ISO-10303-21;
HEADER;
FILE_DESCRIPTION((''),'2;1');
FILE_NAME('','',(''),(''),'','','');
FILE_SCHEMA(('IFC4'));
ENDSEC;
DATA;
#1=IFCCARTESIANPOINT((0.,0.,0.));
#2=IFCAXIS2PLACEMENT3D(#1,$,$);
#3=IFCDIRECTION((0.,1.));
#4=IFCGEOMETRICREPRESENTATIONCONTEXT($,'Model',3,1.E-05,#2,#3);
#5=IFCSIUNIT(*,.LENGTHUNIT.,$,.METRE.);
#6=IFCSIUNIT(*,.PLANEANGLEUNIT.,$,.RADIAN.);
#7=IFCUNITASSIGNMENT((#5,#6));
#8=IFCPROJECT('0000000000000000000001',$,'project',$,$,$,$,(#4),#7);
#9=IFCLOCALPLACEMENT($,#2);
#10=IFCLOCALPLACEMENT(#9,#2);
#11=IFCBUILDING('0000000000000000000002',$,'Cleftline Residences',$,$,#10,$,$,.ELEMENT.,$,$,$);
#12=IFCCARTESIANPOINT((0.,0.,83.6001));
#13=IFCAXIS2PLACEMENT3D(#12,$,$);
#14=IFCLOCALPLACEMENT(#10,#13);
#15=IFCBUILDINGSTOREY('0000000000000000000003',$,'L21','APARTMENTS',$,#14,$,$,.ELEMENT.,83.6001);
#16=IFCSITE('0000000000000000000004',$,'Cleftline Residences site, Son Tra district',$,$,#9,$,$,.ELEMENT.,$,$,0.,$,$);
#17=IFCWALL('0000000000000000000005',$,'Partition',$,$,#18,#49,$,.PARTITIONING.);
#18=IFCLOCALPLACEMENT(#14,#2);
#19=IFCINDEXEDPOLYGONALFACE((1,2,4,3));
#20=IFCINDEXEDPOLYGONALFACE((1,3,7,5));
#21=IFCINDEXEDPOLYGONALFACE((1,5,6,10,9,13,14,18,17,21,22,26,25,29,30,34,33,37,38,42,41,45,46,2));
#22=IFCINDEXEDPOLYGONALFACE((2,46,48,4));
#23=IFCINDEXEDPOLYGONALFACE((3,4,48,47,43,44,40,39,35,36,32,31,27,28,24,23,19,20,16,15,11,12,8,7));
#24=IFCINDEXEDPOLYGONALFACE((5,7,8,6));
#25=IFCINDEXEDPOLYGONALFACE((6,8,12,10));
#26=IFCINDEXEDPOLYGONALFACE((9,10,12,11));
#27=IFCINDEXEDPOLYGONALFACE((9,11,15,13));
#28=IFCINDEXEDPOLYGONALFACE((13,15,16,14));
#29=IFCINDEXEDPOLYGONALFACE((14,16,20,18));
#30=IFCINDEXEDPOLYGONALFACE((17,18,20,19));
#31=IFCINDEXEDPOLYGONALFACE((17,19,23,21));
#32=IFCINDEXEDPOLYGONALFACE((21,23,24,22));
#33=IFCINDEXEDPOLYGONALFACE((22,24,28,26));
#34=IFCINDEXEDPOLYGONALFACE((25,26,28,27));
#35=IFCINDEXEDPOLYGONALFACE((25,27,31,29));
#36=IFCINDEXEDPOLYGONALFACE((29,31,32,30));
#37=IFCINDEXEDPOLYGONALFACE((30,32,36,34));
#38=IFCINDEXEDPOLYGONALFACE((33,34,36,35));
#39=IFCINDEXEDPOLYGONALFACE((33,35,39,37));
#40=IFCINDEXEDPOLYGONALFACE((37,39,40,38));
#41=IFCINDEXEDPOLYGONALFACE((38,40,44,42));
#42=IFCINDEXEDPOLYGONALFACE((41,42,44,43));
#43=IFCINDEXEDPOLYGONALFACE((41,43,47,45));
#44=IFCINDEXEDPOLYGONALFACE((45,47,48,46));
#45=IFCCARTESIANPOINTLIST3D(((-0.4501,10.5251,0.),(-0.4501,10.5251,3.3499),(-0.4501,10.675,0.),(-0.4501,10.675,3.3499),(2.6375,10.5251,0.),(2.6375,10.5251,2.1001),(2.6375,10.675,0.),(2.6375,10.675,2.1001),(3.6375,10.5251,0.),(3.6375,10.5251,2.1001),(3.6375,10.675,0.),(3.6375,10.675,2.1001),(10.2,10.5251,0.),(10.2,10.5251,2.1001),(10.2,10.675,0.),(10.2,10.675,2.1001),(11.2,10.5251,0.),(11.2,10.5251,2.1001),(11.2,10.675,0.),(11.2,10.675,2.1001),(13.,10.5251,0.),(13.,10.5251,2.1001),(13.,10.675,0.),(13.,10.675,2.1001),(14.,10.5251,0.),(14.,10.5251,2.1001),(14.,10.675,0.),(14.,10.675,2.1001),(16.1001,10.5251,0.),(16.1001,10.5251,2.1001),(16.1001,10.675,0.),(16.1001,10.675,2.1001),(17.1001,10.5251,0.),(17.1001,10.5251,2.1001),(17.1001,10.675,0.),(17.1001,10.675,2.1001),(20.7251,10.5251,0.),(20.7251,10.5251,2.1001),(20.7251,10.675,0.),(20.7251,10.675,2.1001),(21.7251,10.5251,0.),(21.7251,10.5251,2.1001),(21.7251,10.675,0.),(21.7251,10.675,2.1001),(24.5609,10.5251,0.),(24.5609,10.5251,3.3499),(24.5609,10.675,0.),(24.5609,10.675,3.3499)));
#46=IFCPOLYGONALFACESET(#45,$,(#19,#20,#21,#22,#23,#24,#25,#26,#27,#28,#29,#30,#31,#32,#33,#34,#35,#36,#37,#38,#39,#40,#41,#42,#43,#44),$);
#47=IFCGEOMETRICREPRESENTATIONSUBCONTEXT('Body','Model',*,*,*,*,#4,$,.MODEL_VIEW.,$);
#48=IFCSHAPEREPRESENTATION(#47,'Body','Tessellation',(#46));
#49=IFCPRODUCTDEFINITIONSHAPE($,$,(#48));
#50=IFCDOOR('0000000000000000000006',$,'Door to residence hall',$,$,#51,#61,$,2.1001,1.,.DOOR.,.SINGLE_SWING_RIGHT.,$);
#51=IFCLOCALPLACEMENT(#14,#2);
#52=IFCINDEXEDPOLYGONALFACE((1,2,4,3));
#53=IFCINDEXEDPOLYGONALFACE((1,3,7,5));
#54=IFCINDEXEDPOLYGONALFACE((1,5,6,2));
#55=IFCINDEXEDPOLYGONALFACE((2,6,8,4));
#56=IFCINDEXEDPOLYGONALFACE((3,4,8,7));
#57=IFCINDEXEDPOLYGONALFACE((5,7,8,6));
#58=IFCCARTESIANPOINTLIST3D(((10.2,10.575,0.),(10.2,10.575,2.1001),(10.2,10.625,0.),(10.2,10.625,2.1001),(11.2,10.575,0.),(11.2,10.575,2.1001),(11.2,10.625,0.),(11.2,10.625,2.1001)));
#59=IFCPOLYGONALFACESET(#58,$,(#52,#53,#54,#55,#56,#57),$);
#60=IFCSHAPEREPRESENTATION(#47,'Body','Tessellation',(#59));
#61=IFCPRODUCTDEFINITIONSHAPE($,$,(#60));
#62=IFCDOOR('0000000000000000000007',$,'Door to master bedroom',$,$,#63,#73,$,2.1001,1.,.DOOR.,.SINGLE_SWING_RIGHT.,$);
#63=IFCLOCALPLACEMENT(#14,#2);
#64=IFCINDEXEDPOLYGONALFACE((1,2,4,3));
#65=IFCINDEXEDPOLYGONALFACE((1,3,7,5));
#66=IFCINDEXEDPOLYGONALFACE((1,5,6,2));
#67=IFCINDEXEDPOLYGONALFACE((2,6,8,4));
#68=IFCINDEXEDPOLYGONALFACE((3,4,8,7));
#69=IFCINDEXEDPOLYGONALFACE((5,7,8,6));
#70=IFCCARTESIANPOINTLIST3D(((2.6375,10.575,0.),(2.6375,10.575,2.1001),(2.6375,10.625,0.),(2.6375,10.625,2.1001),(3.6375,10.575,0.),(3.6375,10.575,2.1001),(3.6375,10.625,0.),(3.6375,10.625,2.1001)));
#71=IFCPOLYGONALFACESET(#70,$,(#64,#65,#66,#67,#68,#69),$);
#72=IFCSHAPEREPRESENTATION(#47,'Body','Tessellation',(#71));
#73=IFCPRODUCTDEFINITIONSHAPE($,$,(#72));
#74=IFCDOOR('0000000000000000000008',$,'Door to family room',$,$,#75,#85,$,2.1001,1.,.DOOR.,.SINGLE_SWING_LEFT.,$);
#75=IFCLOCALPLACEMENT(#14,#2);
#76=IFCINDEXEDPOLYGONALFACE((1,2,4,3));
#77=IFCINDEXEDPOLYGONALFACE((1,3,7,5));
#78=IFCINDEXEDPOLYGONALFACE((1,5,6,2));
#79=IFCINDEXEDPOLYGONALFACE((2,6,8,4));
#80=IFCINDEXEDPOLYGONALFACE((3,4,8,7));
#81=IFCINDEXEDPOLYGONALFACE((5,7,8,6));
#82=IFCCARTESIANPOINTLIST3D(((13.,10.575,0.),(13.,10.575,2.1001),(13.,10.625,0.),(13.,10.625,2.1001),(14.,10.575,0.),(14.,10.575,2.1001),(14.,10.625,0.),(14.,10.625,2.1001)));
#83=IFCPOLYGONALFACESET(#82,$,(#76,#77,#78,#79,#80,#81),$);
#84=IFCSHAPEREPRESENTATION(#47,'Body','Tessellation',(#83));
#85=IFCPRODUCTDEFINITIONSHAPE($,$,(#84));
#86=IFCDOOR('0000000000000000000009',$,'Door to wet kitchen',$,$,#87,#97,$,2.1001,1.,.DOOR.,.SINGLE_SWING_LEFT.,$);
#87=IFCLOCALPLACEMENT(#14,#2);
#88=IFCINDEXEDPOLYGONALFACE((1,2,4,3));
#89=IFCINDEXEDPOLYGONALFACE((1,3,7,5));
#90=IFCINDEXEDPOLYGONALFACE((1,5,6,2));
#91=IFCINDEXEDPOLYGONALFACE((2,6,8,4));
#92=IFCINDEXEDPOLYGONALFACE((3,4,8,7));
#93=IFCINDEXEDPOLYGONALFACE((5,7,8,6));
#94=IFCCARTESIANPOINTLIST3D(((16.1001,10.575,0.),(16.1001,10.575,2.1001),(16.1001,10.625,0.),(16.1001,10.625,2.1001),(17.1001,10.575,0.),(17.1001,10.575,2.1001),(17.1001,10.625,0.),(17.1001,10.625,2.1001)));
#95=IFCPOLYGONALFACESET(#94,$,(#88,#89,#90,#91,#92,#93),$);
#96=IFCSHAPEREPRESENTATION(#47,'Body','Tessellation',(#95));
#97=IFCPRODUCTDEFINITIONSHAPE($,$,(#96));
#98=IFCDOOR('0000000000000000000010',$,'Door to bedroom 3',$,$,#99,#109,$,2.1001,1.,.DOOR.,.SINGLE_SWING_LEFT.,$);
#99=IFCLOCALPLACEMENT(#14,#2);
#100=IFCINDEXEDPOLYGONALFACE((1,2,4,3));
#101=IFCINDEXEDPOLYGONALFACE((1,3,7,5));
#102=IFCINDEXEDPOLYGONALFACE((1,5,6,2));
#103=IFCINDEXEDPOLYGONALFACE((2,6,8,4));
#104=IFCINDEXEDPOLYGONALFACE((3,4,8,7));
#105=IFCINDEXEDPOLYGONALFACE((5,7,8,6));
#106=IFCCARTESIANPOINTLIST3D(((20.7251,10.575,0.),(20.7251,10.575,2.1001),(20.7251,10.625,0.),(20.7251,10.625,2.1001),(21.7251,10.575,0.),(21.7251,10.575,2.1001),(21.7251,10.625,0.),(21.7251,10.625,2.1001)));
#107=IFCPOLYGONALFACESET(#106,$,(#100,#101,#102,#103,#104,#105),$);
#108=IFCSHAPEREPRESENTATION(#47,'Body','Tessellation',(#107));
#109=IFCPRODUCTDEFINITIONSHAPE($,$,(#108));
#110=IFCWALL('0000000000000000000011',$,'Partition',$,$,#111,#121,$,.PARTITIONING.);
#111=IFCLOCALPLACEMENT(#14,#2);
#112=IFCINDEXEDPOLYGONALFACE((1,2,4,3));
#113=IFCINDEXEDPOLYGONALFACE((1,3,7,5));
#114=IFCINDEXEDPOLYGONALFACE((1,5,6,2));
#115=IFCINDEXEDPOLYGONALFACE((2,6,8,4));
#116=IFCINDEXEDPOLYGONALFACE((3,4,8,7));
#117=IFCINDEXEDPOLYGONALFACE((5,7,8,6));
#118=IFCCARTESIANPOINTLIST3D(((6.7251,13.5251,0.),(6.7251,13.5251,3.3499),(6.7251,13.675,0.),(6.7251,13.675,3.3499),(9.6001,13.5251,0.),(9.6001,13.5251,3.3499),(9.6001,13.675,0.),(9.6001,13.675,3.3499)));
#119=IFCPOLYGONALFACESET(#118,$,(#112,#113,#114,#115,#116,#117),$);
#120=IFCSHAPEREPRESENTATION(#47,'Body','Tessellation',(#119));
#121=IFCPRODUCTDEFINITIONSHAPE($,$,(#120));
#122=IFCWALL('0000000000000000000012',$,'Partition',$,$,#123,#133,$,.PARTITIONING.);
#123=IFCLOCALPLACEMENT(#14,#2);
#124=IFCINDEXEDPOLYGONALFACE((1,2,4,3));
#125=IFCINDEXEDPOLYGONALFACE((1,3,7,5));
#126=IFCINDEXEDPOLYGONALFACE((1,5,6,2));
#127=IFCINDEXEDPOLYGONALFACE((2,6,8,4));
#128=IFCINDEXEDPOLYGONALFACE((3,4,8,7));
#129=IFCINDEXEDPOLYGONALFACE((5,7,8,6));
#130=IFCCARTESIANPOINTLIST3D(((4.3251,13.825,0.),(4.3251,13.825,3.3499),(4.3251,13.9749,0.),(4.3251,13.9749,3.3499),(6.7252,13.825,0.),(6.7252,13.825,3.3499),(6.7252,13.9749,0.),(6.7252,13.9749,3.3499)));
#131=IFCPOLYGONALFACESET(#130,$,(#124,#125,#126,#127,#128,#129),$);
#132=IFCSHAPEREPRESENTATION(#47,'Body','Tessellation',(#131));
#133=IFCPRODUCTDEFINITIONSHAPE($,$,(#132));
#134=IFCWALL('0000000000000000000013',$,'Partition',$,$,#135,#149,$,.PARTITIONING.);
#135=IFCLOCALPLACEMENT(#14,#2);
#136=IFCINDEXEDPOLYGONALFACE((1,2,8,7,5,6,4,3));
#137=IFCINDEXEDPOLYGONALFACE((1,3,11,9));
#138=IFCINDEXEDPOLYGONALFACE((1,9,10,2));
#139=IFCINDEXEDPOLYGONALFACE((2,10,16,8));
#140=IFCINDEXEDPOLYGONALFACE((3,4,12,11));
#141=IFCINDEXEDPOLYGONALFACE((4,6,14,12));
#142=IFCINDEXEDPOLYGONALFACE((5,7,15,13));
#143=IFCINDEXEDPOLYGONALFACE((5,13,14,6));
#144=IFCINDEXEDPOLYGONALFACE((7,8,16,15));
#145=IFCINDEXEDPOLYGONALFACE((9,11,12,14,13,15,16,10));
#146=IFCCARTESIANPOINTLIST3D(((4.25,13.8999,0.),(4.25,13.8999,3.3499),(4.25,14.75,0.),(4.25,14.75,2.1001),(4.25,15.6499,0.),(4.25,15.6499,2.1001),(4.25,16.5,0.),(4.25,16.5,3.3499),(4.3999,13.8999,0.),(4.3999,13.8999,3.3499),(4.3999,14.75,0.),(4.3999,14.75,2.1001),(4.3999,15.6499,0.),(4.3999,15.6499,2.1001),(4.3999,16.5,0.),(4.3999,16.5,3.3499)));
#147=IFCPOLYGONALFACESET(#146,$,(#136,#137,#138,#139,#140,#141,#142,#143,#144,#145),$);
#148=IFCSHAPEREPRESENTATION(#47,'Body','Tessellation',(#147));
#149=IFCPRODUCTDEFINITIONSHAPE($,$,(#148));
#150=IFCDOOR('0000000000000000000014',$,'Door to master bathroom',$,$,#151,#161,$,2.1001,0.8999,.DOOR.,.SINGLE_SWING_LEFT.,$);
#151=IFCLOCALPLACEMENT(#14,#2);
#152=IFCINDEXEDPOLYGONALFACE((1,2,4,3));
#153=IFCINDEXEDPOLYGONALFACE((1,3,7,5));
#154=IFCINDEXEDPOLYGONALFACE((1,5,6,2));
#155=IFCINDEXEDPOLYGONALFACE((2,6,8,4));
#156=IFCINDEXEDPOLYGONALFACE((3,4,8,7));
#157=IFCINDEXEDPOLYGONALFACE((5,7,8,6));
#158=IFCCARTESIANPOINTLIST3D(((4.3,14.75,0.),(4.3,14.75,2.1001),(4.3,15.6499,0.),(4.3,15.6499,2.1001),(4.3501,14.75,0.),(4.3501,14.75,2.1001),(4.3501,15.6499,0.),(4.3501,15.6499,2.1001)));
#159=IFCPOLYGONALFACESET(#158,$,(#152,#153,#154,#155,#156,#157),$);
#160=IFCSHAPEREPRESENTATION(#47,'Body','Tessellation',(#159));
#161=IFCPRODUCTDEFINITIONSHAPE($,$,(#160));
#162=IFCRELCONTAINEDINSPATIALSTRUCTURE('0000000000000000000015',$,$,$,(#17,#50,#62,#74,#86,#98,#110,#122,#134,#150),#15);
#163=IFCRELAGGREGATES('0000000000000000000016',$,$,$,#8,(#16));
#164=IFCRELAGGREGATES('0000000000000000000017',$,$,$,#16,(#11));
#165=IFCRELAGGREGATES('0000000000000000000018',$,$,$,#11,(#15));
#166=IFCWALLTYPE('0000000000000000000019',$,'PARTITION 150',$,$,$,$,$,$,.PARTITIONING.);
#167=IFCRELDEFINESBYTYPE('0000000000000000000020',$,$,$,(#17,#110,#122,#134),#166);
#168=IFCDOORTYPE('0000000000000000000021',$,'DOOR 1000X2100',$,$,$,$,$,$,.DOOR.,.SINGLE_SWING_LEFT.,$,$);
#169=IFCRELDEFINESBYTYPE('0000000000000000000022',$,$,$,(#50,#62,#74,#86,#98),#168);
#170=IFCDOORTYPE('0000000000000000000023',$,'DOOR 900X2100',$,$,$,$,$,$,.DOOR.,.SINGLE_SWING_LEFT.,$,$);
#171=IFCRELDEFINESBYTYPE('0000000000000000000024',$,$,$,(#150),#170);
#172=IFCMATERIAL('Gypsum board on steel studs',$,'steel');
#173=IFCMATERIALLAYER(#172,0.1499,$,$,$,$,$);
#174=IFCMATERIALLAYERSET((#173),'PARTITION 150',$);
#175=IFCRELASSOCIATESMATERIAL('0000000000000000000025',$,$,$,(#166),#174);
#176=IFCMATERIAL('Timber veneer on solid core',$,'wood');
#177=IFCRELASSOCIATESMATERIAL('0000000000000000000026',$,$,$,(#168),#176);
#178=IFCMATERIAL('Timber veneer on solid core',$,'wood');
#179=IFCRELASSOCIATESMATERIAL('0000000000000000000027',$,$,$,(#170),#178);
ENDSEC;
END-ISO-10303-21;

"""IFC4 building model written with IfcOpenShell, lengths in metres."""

from ifc_helpers import new_model, si_unit, direction, frame, frame_2d, origin, place, context, subcontext, project, spatial, rectangle, extrude, material, layer, layer_set, type_object, element, fill, save


model = new_model("IFC4")

# Units and contexts
model_context = context("Model", 3, precision=1e-05, world=origin(), true_north=direction((0.0, 1.0)))
body_context = subcontext(model_context, "Body", "Model", "MODEL_VIEW")
ifc_project = project(units=[si_unit("LENGTHUNIT", "METRE"), si_unit("PLANEANGLEUNIT", "RADIAN")], contexts=[model_context])

# Site, building, storey
site_placement = place(None, origin())
site = spatial("IfcSite", under=ifc_project, at=site_placement, Name="Cleftline Residences site, Son Tra district", CompositionType="ELEMENT", RefElevation=0.0)
building_placement = place(site_placement, origin())
building = spatial("IfcBuilding", under=site, at=building_placement, Name="Cleftline Residences", CompositionType="ELEMENT")
storey_placement = place(building_placement, frame((0.0, 0.0, 83.6001)))
storey = spatial("IfcBuildingStorey", under=building, at=storey_placement, Name="L21", Description="APARTMENTS", CompositionType="ELEMENT", Elevation=83.6001)

# Wall, openings, doors
ifc_material_1 = material(Name="Gypsum board on steel studs", Category="steel")
ifc_layer = layer(ifc_material_1, 0.1499)
ifc_layer_set = layer_set([ifc_layer], Name="PARTITION 150")
wall_type = type_object("IfcWallType", Name="PARTITION 150", PredefinedType="PARTITIONING", material=ifc_layer_set)
wall_1_placement = place(storey_placement, frame((-0.45, 10.6001, 0.0), z_axis=(0.0, 0.0, 1.0), x_axis=(1.0, 0.0, 0.0)))
wall_1 = element("IfcWall", 1, at=wall_1_placement, inside=storey, type_object=wall_type, Name="Partition", PredefinedType="PARTITIONING", context=body_context, shape_type="SweptSolid", body=[
    extrude(rectangle(XDim=25.011, YDim=0.1499, at=frame_2d((12.5054, 0.0))), origin(), (0.0, 0.0, 1.0), 3.3499),
])
opening_1_placement = place(wall_1_placement, frame((10.6499, 0.0, 0.0)))
opening_1 = element("IfcOpeningElement", 2, at=opening_1_placement, cuts=wall_1, PredefinedType="OPENING", context=body_context, shape_type="SweptSolid", body=[
    extrude(rectangle(XDim=1.0, YDim=2.1001, at=frame_2d((0.5, 1.05))), frame((0.0, 0.085, 0.0), z_axis=(0.0, -1.0, 0.0), x_axis=(1.0, 0.0, 0.0)), (0.0, 0.0, 1.0), 0.1699),
])
opening_2_placement = place(wall_1_placement, frame((3.0874, 0.0, 0.0)))
opening_2 = element("IfcOpeningElement", 3, at=opening_2_placement, cuts=wall_1, PredefinedType="OPENING", context=body_context, shape_type="SweptSolid", body=[
    extrude(rectangle(XDim=1.0, YDim=2.1001, at=frame_2d((0.5, 1.05))), frame((0.0, 0.085, 0.0), z_axis=(0.0, -1.0, 0.0), x_axis=(1.0, 0.0, 0.0)), (0.0, 0.0, 1.0), 0.1699),
])
opening_3_placement = place(wall_1_placement, frame((13.45, 0.0, 0.0)))
opening_3 = element("IfcOpeningElement", 4, at=opening_3_placement, cuts=wall_1, PredefinedType="OPENING", context=body_context, shape_type="SweptSolid", body=[
    extrude(rectangle(XDim=1.0, YDim=2.1001, at=frame_2d((0.5, 1.05))), frame((0.0, 0.085, 0.0), z_axis=(0.0, -1.0, 0.0), x_axis=(1.0, 0.0, 0.0)), (0.0, 0.0, 1.0), 0.1699),
])
opening_4_placement = place(wall_1_placement, frame((16.55, 0.0, 0.0)))
opening_4 = element("IfcOpeningElement", 5, at=opening_4_placement, cuts=wall_1, PredefinedType="OPENING", context=body_context, shape_type="SweptSolid", body=[
    extrude(rectangle(XDim=1.0, YDim=2.1001, at=frame_2d((0.5, 1.05))), frame((0.0, 0.085, 0.0), z_axis=(0.0, -1.0, 0.0), x_axis=(1.0, 0.0, 0.0)), (0.0, 0.0, 1.0), 0.1699),
])
opening_5_placement = place(wall_1_placement, frame((21.175, 0.0, 0.0)))
opening_5 = element("IfcOpeningElement", 6, at=opening_5_placement, cuts=wall_1, PredefinedType="OPENING", context=body_context, shape_type="SweptSolid", body=[
    extrude(rectangle(XDim=1.0, YDim=2.1001, at=frame_2d((0.5, 1.05))), frame((0.0, 0.085, 0.0), z_axis=(0.0, -1.0, 0.0), x_axis=(1.0, 0.0, 0.0)), (0.0, 0.0, 1.0), 0.1699),
])
ifc_material_2 = material(Name="Timber veneer on solid core", Category="wood")
door_type_1 = type_object("IfcDoorType", Name="DOOR 1000X2100", OperationType="SINGLE_SWING_LEFT", PredefinedType="DOOR", material=ifc_material_2)
door_1_placement = place(opening_1_placement, origin())
door_1 = element("IfcDoor", 7, at=door_1_placement, inside=storey, type_object=door_type_1, Name="Door to residence hall", OperationType="SINGLE_SWING_RIGHT", OverallHeight=2.1001, OverallWidth=1.0, PredefinedType="DOOR", context=body_context, shape_type="SweptSolid", body=[
    extrude(rectangle(XDim=1.0, YDim=2.1001, at=frame_2d((0.5, 1.05))), frame((0.0, 0.0249, 0.0), z_axis=(0.0, -1.0, 0.0), x_axis=(1.0, 0.0, 0.0)), (0.0, 0.0, 1.0), 0.05),
])
fill(opening_1, door_1)
door_2_placement = place(opening_2_placement, origin())
door_2 = element("IfcDoor", 8, at=door_2_placement, inside=storey, type_object=door_type_1, Name="Door to master bedroom", OperationType="SINGLE_SWING_RIGHT", OverallHeight=2.1001, OverallWidth=1.0, PredefinedType="DOOR", context=body_context, shape_type="SweptSolid", body=[
    extrude(rectangle(XDim=1.0, YDim=2.1001, at=frame_2d((0.5, 1.05))), frame((0.0, 0.0249, 0.0), z_axis=(0.0, -1.0, 0.0), x_axis=(1.0, 0.0, 0.0)), (0.0, 0.0, 1.0), 0.05),
])
fill(opening_2, door_2)
door_3_placement = place(opening_3_placement, origin())
door_3 = element("IfcDoor", 9, at=door_3_placement, inside=storey, type_object=door_type_1, Name="Door to family room", OperationType="SINGLE_SWING_LEFT", OverallHeight=2.1001, OverallWidth=1.0, PredefinedType="DOOR", context=body_context, shape_type="SweptSolid", body=[
    extrude(rectangle(XDim=1.0, YDim=2.1001, at=frame_2d((0.5, 1.05))), frame((0.0, 0.0249, 0.0), z_axis=(0.0, -1.0, 0.0), x_axis=(1.0, 0.0, 0.0)), (0.0, 0.0, 1.0), 0.05),
])
fill(opening_3, door_3)
door_4_placement = place(opening_4_placement, origin())
door_4 = element("IfcDoor", 10, at=door_4_placement, inside=storey, type_object=door_type_1, Name="Door to wet kitchen", OperationType="SINGLE_SWING_LEFT", OverallHeight=2.1001, OverallWidth=1.0, PredefinedType="DOOR", context=body_context, shape_type="SweptSolid", body=[
    extrude(rectangle(XDim=1.0, YDim=2.1001, at=frame_2d((0.5, 1.05))), frame((0.0, 0.0249, 0.0), z_axis=(0.0, -1.0, 0.0), x_axis=(1.0, 0.0, 0.0)), (0.0, 0.0, 1.0), 0.05),
])
fill(opening_4, door_4)
door_5_placement = place(opening_5_placement, origin())
door_5 = element("IfcDoor", 11, at=door_5_placement, inside=storey, type_object=door_type_1, Name="Door to bedroom 3", OperationType="SINGLE_SWING_LEFT", OverallHeight=2.1001, OverallWidth=1.0, PredefinedType="DOOR", context=body_context, shape_type="SweptSolid", body=[
    extrude(rectangle(XDim=1.0, YDim=2.1001, at=frame_2d((0.5, 1.05))), frame((0.0, 0.0249, 0.0), z_axis=(0.0, -1.0, 0.0), x_axis=(1.0, 0.0, 0.0)), (0.0, 0.0, 1.0), 0.05),
])
fill(opening_5, door_5)

# Walls
wall_2_placement = place(storey_placement, frame((6.7251, 13.6001, 0.0), z_axis=(0.0, 0.0, 1.0), x_axis=(1.0, 0.0, 0.0)))
element("IfcWall", 12, at=wall_2_placement, inside=storey, type_object=wall_type, Name="Partition", PredefinedType="PARTITIONING", context=body_context, shape_type="SweptSolid", body=[
    extrude(rectangle(XDim=2.875, YDim=0.1499, at=frame_2d((1.4375, 0.0))), origin(), (0.0, 0.0, 1.0), 3.3499),
])
wall_3_placement = place(storey_placement, frame((4.325, 13.8999, 0.0), z_axis=(0.0, 0.0, 1.0), x_axis=(1.0, 0.0, 0.0)))
element("IfcWall", 13, at=wall_3_placement, inside=storey, type_object=wall_type, Name="Partition", PredefinedType="PARTITIONING", context=body_context, shape_type="SweptSolid", body=[
    extrude(rectangle(XDim=2.4001, YDim=0.1499, at=frame_2d((1.2002, 0.0))), origin(), (0.0, 0.0, 1.0), 3.3499),
])

# Wall, opening, door
wall_4_placement = place(storey_placement, frame((4.325, 13.8999, 0.0), z_axis=(0.0, 0.0, 1.0), x_axis=(0.0, 1.0, 0.0)))
wall_4 = element("IfcWall", 14, at=wall_4_placement, inside=storey, type_object=wall_type, Name="Partition", PredefinedType="PARTITIONING", context=body_context, shape_type="SweptSolid", body=[
    extrude(rectangle(XDim=2.6001, YDim=0.1499, at=frame_2d((1.3, 0.0))), origin(), (0.0, 0.0, 1.0), 3.3499),
])
opening_6_placement = place(wall_4_placement, frame((0.8501, 0.0, 0.0)))
opening_6 = element("IfcOpeningElement", 15, at=opening_6_placement, cuts=wall_4, PredefinedType="OPENING", context=body_context, shape_type="SweptSolid", body=[
    extrude(rectangle(XDim=0.8999, YDim=2.1001, at=frame_2d((0.45, 1.05))), frame((0.0, 0.085, 0.0), z_axis=(0.0, -1.0, 0.0), x_axis=(1.0, 0.0, 0.0)), (0.0, 0.0, 1.0), 0.1699),
])
ifc_material_3 = material(Name="Timber veneer on solid core", Category="wood")
door_type_2 = type_object("IfcDoorType", Name="DOOR 900X2100", OperationType="SINGLE_SWING_LEFT", PredefinedType="DOOR", material=ifc_material_3)
door_6_placement = place(opening_6_placement, origin())
door_6 = element("IfcDoor", 16, at=door_6_placement, inside=storey, type_object=door_type_2, Name="Door to master bathroom", OperationType="SINGLE_SWING_LEFT", OverallHeight=2.1001, OverallWidth=0.8999, PredefinedType="DOOR", context=body_context, shape_type="SweptSolid", body=[
    extrude(rectangle(XDim=0.8999, YDim=2.1001, at=frame_2d((0.45, 1.05))), frame((0.0, 0.0249, 0.0), z_axis=(0.0, -1.0, 0.0), x_axis=(1.0, 0.0, 0.0)), (0.0, 0.0, 1.0), 0.05),
])
fill(opening_6, door_6)

save(model, "model.ifc")
